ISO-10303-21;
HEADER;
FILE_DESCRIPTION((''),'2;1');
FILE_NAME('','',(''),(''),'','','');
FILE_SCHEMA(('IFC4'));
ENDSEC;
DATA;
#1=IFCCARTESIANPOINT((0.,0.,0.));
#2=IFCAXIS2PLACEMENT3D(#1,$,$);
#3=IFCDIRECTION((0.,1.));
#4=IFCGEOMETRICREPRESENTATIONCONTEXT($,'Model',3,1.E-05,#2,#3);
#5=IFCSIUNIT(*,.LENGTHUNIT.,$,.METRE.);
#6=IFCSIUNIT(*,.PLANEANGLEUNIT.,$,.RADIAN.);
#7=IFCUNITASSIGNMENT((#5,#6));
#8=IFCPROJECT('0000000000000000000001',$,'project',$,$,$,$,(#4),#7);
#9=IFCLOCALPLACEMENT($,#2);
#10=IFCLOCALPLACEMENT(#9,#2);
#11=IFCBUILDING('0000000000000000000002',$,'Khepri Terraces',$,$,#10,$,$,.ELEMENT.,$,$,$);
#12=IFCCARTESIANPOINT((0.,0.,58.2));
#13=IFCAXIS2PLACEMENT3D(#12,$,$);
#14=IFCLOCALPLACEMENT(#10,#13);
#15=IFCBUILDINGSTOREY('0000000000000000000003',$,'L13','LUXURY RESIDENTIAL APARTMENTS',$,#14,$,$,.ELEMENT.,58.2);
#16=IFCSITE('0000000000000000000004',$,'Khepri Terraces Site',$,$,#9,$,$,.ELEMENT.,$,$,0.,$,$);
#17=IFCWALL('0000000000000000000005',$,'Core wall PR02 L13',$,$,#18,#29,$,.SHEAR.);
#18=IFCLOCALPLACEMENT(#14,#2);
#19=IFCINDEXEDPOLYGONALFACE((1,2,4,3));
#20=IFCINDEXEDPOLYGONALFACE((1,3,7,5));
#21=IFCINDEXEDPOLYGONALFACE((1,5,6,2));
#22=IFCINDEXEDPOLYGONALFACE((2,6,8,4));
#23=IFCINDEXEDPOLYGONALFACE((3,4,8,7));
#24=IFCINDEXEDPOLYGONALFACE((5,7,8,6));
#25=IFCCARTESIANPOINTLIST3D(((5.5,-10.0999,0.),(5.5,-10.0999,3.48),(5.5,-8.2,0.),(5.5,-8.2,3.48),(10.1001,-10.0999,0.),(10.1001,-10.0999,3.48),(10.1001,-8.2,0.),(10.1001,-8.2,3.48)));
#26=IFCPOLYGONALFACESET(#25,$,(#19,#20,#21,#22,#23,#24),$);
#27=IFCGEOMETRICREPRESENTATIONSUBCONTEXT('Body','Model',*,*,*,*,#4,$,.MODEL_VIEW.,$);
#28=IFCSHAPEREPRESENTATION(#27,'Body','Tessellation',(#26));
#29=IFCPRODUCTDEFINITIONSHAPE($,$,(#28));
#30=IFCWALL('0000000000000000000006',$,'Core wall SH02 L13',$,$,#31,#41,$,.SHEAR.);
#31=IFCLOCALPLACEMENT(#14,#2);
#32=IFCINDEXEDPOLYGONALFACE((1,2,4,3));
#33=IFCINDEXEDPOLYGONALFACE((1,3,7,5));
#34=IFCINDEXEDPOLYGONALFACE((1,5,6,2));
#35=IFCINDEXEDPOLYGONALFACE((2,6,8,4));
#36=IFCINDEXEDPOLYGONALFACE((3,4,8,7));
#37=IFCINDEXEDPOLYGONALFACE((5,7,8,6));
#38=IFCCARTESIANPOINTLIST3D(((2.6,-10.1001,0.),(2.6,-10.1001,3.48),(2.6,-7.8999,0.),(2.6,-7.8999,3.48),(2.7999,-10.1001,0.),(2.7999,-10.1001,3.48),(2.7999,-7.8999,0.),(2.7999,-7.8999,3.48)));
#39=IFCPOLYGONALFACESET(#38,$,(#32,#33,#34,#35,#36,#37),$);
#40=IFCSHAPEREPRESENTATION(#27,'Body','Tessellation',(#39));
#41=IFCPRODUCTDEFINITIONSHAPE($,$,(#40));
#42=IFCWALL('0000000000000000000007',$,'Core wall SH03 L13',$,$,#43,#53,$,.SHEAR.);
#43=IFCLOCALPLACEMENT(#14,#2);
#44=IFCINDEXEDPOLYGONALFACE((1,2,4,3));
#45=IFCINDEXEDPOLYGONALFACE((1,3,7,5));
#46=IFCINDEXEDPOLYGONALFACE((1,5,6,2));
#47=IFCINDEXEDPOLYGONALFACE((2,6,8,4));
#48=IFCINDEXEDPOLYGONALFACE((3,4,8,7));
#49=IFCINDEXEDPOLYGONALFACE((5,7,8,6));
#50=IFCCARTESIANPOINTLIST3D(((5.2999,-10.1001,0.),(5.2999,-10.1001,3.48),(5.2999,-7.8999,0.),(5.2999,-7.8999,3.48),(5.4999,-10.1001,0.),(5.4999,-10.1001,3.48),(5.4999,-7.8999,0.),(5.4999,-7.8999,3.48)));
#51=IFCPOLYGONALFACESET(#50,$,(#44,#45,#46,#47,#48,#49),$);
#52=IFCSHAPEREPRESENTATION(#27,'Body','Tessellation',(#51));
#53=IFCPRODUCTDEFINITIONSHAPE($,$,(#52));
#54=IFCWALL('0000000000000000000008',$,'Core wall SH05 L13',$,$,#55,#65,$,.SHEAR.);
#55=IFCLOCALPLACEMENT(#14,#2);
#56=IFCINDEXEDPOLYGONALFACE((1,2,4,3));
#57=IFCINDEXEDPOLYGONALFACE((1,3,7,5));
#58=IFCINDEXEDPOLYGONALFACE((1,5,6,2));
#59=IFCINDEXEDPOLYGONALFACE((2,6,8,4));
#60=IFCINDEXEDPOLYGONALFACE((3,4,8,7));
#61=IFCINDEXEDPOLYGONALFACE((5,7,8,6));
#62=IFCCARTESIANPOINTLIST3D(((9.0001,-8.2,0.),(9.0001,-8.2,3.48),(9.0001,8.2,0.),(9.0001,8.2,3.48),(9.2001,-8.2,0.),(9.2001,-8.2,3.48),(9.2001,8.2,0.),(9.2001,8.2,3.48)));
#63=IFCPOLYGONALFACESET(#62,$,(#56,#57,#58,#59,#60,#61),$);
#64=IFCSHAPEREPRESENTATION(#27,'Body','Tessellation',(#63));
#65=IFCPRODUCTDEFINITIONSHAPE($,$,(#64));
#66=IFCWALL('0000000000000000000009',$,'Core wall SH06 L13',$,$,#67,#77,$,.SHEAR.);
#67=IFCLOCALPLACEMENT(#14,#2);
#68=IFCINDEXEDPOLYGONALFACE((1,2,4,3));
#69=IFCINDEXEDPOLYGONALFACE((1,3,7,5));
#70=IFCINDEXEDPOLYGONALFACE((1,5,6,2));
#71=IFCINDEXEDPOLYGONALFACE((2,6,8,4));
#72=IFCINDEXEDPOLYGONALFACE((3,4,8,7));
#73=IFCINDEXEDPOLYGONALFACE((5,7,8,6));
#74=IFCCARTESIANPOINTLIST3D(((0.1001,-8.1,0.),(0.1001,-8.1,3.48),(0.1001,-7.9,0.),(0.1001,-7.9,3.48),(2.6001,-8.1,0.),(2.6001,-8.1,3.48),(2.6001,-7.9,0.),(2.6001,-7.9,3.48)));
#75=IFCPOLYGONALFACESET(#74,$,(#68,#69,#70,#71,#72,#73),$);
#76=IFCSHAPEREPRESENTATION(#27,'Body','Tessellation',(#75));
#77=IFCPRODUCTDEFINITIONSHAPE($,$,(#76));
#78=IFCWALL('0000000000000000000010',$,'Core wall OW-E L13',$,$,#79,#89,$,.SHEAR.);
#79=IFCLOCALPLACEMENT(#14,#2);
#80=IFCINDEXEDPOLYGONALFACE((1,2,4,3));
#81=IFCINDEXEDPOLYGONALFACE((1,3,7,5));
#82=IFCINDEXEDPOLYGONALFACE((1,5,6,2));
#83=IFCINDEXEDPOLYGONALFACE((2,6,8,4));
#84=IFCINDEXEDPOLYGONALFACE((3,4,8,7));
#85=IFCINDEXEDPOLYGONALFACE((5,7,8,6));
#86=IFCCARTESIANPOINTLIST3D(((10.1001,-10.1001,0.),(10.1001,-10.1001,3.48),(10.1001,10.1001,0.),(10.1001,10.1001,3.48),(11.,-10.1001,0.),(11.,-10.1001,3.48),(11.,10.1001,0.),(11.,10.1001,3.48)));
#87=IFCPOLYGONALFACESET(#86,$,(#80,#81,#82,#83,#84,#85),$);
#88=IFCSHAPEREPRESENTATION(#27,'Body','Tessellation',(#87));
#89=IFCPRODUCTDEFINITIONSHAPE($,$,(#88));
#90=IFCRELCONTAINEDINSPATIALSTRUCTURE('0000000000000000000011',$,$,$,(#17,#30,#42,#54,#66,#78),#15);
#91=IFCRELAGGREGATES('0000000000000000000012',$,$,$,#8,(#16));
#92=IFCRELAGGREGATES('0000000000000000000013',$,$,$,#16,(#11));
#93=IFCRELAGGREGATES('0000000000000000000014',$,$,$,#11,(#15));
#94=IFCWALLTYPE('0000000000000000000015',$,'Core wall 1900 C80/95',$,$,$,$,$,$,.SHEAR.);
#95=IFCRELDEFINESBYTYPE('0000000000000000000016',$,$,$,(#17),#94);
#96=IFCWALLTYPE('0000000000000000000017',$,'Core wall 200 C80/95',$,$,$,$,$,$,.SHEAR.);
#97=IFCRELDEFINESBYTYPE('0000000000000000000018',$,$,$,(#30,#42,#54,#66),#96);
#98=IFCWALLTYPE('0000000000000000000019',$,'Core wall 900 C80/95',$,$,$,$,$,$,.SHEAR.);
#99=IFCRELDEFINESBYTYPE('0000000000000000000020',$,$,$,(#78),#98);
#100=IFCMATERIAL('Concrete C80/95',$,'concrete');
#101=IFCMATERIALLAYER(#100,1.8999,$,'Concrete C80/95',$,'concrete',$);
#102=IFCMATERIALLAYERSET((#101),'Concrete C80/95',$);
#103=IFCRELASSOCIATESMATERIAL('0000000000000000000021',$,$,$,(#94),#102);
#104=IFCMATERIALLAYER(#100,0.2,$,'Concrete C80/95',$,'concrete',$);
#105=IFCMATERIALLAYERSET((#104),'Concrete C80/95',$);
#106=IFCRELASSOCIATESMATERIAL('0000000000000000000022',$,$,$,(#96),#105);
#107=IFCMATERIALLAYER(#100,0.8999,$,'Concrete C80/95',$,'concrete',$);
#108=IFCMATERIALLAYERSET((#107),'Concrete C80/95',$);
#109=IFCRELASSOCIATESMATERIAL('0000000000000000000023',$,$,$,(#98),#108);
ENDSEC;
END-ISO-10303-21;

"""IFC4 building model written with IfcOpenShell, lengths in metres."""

from ifc_helpers import new_model, si_unit, direction, frame, frame_2d, origin, place, context, subcontext, project, spatial, rectangle, extrude, material, layer, layer_set, type_object, element, save


model = new_model("IFC4")

# Units and contexts
model_context = context("Model", 3, precision=1e-05, world=origin(), true_north=direction((0.0, 1.0)))
body_context = subcontext(model_context, "Body", "Model", "MODEL_VIEW")
ifc_project = project(units=[si_unit("LENGTHUNIT", "METRE"), si_unit("PLANEANGLEUNIT", "RADIAN")], contexts=[model_context])

# Site, building, storey
site_placement = place(None, origin())
site = spatial("IfcSite", under=ifc_project, at=site_placement, Name="Khepri Terraces Site", CompositionType="ELEMENT", RefElevation=0.0)
building_placement = place(site_placement, origin())
building = spatial("IfcBuilding", under=site, at=building_placement, Name="Khepri Terraces", CompositionType="ELEMENT")
storey_placement = place(building_placement, frame((0.0, 0.0, 58.2)))
storey = spatial("IfcBuildingStorey", under=building, at=storey_placement, Name="L13", Description="LUXURY RESIDENTIAL APARTMENTS", CompositionType="ELEMENT", Elevation=58.2)

# Walls
ifc_material_1 = material(Name="Concrete C80/95", Category="concrete")
ifc_layer_1 = layer(ifc_material_1, 1.8999, Name="Concrete C80/95", Category="concrete")
ifc_layer_set_1 = layer_set([ifc_layer_1], Name="Concrete C80/95")
wall_type_1 = type_object("IfcWallType", Name="Core wall 1900 C80/95", PredefinedType="SHEAR", material=ifc_layer_set_1)
wall_1_placement = place(storey_placement, frame((5.5, -9.1499, 0.0), z_axis=(0.0, 0.0, 1.0), x_axis=(1.0, 0.0, 0.0)))
element("IfcWall", 1, at=wall_1_placement, inside=storey, type_object=wall_type_1, Name="Core wall PR02 L13", PredefinedType="SHEAR", context=body_context, shape_type="SweptSolid", body=[
    extrude(rectangle(XDim=4.6001, YDim=1.8999, at=frame_2d((2.3, 0.0))), origin(), (0.0, 0.0, 1.0), 3.48),
])
ifc_layer_2 = layer(ifc_material_1, 0.2, Name="Concrete C80/95", Category="concrete")
ifc_layer_set_2 = layer_set([ifc_layer_2], Name="Concrete C80/95")
wall_type_2 = type_object("IfcWallType", Name="Core wall 200 C80/95", PredefinedType="SHEAR", material=ifc_layer_set_2)
for number, where, z_axis, x_axis, name in (
    (2, (2.7, -10.1001, 0.0), (0.0, 0.0, 1.0), (0.0, 1.0, 0.0), "Core wall SH02 L13"),
    (3, (5.3999, -10.1001, 0.0), (0.0, 0.0, 1.0), (0.0, 1.0, 0.0), "Core wall SH03 L13"),
):
    element("IfcWall", number, at=place(storey_placement, frame(where, z_axis=z_axis, x_axis=x_axis)), inside=storey, type_object=wall_type_2, Name=name, PredefinedType="SHEAR", context=body_context, shape_type="SweptSolid", body=[
        extrude(rectangle(XDim=2.2002, YDim=0.2, at=frame_2d((1.1001, 0.0))), origin(), (0.0, 0.0, 1.0), 3.48),
    ])
wall_2_placement = place(storey_placement, frame((9.1001, -8.2, 0.0), z_axis=(0.0, 0.0, 1.0), x_axis=(0.0, 1.0, 0.0)))
element("IfcWall", 4, at=wall_2_placement, inside=storey, type_object=wall_type_2, Name="Core wall SH05 L13", PredefinedType="SHEAR", context=body_context, shape_type="SweptSolid", body=[
    extrude(rectangle(XDim=16.3999, YDim=0.2, at=frame_2d((8.2, 0.0))), origin(), (0.0, 0.0, 1.0), 3.48),
])
wall_3_placement = place(storey_placement, frame((0.1001, -8.0, 0.0), z_axis=(0.0, 0.0, 1.0), x_axis=(1.0, 0.0, 0.0)))
element("IfcWall", 5, at=wall_3_placement, inside=storey, type_object=wall_type_2, Name="Core wall SH06 L13", PredefinedType="SHEAR", context=body_context, shape_type="SweptSolid", body=[
    extrude(rectangle(XDim=2.5, YDim=0.2, at=frame_2d((1.25, 0.0))), origin(), (0.0, 0.0, 1.0), 3.48),
])
ifc_layer_3 = layer(ifc_material_1, 0.8999, Name="Concrete C80/95", Category="concrete")
ifc_layer_set_3 = layer_set([ifc_layer_3], Name="Concrete C80/95")
wall_type_3 = type_object("IfcWallType", Name="Core wall 900 C80/95", PredefinedType="SHEAR", material=ifc_layer_set_3)
wall_4_placement = place(storey_placement, frame((10.55, -10.1001, 0.0), z_axis=(0.0, 0.0, 1.0), x_axis=(0.0, 1.0, 0.0)))
element("IfcWall", 6, at=wall_4_placement, inside=storey, type_object=wall_type_3, Name="Core wall OW-E L13", PredefinedType="SHEAR", context=body_context, shape_type="SweptSolid", body=[
    extrude(rectangle(XDim=20.2002, YDim=0.8999, at=frame_2d((10.1001, 0.0))), origin(), (0.0, 0.0, 1.0), 3.48),
])

save(model, "model.ifc")
